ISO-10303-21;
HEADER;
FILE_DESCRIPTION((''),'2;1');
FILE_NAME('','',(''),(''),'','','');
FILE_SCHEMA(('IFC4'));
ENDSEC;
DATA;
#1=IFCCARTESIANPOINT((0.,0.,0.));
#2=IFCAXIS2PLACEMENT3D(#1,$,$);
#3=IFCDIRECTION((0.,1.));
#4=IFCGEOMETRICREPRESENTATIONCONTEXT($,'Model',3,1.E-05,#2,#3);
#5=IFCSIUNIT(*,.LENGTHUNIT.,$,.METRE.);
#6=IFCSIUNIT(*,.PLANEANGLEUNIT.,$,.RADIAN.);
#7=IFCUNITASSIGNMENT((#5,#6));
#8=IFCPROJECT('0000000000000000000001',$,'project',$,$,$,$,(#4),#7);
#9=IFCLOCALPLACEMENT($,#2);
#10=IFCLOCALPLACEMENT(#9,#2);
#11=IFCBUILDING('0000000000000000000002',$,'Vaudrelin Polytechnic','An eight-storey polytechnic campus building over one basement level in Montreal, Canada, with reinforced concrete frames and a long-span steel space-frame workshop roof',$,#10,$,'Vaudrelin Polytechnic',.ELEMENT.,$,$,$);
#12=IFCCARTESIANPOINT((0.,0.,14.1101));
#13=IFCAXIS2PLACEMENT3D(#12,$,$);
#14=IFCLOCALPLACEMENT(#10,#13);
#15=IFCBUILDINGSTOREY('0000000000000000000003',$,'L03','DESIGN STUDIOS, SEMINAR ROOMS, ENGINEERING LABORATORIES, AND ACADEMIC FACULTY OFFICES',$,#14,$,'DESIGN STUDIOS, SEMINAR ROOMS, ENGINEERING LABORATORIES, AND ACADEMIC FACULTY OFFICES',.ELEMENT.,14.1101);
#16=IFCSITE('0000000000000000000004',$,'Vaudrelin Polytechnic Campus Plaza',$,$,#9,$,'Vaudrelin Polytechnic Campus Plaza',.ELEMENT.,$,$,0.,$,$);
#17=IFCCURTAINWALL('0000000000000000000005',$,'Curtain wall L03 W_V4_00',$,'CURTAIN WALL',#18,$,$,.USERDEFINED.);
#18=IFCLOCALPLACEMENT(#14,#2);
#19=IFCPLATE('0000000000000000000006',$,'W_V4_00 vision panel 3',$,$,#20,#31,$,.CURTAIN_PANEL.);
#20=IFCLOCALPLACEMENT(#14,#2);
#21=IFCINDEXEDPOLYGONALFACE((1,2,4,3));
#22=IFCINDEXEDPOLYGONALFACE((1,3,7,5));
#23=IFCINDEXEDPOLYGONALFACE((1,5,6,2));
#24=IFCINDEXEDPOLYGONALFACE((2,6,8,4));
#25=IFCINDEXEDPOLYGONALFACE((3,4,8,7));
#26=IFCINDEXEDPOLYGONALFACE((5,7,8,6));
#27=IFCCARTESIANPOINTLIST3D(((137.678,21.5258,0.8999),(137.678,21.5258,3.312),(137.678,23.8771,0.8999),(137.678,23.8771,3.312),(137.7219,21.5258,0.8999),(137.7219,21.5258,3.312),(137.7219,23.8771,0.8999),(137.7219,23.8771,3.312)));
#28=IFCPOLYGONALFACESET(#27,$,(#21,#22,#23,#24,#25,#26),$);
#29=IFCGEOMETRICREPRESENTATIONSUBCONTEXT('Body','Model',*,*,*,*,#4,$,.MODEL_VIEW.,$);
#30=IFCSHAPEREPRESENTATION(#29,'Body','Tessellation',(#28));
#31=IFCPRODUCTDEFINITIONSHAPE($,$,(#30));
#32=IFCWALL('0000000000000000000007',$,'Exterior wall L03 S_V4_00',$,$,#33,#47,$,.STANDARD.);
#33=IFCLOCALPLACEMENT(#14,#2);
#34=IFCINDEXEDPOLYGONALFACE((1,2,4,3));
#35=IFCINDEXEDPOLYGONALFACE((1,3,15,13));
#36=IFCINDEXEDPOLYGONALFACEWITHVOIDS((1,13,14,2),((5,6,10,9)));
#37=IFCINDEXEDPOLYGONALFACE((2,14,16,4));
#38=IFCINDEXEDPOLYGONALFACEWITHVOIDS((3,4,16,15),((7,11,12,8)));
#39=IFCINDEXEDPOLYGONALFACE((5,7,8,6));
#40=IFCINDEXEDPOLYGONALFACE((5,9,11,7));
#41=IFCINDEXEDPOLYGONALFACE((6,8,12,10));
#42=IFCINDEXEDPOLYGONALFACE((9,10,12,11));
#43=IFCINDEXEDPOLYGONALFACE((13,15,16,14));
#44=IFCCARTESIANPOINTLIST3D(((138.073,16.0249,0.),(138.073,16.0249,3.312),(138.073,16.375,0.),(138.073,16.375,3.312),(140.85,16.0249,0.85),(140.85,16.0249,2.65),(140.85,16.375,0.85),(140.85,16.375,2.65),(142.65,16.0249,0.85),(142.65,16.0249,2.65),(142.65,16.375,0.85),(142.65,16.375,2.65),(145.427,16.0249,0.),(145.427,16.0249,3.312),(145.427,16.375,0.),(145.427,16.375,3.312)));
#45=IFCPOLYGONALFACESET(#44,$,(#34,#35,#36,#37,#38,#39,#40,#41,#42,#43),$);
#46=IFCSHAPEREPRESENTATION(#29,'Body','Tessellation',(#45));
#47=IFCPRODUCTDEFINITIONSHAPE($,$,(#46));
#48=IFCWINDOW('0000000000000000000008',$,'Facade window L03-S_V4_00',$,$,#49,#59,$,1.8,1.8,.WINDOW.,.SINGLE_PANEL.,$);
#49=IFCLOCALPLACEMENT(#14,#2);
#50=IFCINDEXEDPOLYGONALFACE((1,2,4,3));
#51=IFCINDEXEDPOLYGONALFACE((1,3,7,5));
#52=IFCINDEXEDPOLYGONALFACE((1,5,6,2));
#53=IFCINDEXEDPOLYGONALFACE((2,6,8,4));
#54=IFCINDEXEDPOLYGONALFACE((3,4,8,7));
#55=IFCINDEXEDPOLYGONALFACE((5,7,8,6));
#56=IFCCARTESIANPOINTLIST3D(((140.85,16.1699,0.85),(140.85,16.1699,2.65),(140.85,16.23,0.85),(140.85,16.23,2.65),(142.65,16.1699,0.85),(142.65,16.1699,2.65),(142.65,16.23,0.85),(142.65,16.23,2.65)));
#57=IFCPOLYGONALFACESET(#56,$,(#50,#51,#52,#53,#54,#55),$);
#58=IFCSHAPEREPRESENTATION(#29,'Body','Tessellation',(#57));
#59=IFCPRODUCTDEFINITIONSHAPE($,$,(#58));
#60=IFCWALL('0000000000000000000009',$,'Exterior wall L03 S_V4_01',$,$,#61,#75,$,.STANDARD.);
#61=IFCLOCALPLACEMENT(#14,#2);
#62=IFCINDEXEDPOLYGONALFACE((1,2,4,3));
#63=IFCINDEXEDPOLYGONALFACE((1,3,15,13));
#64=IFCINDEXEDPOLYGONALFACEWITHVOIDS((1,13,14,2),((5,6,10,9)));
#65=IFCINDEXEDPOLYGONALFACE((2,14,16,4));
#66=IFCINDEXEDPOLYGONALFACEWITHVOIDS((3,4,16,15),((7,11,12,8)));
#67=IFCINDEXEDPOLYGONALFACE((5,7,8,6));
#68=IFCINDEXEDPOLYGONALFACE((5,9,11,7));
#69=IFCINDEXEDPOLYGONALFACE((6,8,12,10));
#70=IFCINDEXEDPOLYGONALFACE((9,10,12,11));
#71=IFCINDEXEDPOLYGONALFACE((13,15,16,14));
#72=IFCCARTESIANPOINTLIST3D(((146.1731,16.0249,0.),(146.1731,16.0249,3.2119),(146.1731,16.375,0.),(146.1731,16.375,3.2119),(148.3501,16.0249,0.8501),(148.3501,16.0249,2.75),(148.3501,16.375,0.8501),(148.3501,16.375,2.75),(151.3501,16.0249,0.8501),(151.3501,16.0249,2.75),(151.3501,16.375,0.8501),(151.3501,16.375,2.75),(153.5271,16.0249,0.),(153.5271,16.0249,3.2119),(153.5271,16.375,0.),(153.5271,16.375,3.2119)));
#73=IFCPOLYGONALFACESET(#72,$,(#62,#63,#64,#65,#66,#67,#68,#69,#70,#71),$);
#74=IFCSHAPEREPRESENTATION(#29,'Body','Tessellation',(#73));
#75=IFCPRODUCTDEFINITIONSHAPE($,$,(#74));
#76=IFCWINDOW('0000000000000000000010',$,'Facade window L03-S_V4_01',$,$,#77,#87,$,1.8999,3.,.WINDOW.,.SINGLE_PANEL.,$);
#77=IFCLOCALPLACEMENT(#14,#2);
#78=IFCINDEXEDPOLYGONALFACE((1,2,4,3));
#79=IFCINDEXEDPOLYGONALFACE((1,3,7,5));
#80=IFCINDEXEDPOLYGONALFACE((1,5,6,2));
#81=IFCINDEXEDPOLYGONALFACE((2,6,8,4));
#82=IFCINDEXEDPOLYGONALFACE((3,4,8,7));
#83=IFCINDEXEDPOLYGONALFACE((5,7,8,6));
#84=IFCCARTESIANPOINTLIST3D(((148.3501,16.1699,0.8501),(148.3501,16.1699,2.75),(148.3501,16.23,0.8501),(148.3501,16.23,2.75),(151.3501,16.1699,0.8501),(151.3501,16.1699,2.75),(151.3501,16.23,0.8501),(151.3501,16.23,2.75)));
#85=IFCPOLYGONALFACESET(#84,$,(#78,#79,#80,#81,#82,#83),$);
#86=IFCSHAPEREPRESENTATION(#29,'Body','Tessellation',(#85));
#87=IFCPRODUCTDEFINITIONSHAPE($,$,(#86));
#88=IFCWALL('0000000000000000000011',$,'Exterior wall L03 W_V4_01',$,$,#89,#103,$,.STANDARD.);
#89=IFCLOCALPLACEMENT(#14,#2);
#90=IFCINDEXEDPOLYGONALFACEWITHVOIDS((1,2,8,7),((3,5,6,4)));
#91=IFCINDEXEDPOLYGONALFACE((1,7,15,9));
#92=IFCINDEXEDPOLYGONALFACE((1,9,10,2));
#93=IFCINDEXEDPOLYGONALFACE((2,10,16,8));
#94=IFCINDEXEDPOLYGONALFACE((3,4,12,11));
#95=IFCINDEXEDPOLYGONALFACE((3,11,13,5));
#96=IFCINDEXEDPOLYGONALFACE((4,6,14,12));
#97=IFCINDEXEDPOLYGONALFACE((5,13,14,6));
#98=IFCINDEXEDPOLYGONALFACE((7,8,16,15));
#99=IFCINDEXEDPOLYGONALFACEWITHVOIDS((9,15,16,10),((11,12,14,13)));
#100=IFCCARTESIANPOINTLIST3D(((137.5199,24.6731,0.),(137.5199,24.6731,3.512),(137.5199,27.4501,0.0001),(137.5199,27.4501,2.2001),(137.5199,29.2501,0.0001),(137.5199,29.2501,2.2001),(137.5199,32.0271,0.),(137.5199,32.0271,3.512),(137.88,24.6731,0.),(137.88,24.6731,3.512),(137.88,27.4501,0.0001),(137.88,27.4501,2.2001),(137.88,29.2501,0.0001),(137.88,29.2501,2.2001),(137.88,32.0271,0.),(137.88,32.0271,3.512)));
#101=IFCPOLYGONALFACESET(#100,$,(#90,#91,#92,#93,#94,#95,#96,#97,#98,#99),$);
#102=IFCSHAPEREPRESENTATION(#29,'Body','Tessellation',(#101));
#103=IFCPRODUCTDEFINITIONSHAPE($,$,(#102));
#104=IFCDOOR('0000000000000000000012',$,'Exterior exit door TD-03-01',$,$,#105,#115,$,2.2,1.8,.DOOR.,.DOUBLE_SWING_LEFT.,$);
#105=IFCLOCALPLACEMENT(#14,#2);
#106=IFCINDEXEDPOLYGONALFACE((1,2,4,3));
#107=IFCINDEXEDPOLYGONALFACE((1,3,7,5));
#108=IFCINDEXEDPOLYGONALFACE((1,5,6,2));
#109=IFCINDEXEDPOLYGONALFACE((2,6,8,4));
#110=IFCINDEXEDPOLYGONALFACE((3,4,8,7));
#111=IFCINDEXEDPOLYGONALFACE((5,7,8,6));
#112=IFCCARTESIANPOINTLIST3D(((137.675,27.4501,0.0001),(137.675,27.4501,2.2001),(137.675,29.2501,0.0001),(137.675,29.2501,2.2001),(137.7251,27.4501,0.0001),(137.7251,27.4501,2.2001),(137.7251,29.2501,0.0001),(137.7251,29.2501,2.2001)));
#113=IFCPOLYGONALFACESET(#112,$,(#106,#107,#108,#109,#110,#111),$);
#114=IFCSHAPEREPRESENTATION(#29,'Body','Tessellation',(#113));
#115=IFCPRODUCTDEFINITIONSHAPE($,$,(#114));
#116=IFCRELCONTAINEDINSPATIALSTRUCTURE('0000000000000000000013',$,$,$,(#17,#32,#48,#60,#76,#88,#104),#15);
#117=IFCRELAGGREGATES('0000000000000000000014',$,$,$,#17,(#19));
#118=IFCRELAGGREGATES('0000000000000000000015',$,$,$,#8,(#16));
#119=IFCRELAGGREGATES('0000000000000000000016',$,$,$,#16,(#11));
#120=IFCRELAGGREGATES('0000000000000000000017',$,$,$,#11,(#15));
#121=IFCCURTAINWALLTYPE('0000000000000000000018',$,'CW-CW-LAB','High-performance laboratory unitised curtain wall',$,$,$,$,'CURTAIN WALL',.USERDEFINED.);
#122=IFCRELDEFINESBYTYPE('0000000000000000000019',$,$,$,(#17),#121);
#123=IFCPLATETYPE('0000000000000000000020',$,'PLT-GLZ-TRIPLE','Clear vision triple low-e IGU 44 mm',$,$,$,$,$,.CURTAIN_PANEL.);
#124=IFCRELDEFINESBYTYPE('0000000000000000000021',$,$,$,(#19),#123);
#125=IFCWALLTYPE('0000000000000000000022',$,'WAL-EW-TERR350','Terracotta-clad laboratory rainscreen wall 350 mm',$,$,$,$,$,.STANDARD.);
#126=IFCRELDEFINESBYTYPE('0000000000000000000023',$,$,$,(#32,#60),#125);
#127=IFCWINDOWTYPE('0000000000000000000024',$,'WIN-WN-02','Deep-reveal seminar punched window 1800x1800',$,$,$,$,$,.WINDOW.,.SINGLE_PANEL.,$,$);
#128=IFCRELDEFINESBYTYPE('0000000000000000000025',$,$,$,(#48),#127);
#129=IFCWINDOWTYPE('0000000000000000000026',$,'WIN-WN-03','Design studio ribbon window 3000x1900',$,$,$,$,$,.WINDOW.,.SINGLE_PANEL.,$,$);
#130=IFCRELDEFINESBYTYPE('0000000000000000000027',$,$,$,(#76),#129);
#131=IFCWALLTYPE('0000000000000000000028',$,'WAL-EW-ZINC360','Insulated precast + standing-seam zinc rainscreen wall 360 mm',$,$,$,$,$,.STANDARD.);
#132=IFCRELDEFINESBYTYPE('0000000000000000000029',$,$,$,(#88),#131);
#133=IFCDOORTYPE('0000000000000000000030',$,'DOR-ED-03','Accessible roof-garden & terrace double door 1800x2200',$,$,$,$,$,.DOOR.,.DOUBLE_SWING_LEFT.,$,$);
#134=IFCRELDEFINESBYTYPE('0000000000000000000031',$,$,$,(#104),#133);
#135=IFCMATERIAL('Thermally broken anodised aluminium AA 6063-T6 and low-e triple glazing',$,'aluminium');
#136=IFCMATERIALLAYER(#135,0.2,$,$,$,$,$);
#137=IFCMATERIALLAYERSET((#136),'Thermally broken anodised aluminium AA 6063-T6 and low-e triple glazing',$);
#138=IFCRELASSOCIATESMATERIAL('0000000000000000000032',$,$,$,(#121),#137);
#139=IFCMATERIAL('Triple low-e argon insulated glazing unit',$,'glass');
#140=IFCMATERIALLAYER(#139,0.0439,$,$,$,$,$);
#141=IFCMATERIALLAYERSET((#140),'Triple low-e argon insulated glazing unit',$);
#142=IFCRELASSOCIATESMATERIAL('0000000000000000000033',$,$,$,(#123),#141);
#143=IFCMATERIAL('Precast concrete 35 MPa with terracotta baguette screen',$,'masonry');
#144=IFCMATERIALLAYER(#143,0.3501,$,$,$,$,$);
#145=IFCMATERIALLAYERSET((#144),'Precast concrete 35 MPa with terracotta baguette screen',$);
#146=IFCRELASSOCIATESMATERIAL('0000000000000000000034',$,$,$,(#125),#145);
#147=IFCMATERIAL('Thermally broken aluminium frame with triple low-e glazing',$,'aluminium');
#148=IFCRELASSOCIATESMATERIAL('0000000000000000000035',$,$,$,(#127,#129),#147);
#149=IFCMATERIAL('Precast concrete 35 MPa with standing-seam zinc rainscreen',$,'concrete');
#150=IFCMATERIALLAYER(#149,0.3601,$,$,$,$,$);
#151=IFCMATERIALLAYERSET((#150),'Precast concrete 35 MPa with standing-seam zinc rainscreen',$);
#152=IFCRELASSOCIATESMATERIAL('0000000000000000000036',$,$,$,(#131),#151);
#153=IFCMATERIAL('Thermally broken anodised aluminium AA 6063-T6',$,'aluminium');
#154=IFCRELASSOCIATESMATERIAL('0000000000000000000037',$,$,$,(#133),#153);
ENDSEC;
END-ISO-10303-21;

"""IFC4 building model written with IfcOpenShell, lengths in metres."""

from ifc_helpers import new_model, si_unit, direction, frame, frame_2d, origin, origin_2d, place, context, subcontext, project, spatial, rectangle, extrude, material, layer, layer_set, type_object, element, fill, aggregate, save


model = new_model("IFC4")

# Units and contexts
model_context = context("Model", 3, precision=1e-05, world=origin(), true_north=direction((0.0, 1.0)))
body_context = subcontext(model_context, "Body", "Model", "MODEL_VIEW")
ifc_project = project(units=[si_unit("LENGTHUNIT", "METRE"), si_unit("PLANEANGLEUNIT", "RADIAN")], contexts=[model_context])

# Site, building, storey
site_placement = place(None, origin())
site = spatial("IfcSite", under=ifc_project, at=site_placement, Name="Vaudrelin Polytechnic Campus Plaza", LongName="Vaudrelin Polytechnic Campus Plaza", CompositionType="ELEMENT", RefElevation=0.0)
building_placement = place(site_placement, origin())
building = spatial("IfcBuilding", under=site, at=building_placement, Name="Vaudrelin Polytechnic", Description="An eight-storey polytechnic campus building over one basement level in Montreal, Canada, with reinforced concrete frames and a long-span steel space-frame workshop roof", LongName="Vaudrelin Polytechnic", CompositionType="ELEMENT")
storey_placement = place(building_placement, frame((0.0, 0.0, 14.1101)))
storey = spatial("IfcBuildingStorey", under=building, at=storey_placement, Name="L03", Description="DESIGN STUDIOS, SEMINAR ROOMS, ENGINEERING LABORATORIES, AND ACADEMIC FACULTY OFFICES", LongName="DESIGN STUDIOS, SEMINAR ROOMS, ENGINEERING LABORATORIES, AND ACADEMIC FACULTY OFFICES", CompositionType="ELEMENT", Elevation=14.1101)

# Curtain wall, plate
ifc_material_1 = material(Name="Thermally broken anodised aluminium AA 6063-T6 and low-e triple glazing", Category="aluminium")
ifc_layer_1 = layer(ifc_material_1, 0.2)
ifc_layer_set_1 = layer_set([ifc_layer_1], Name="Thermally broken anodised aluminium AA 6063-T6 and low-e triple glazing")
curtain_wall_type = type_object("IfcCurtainWallType", Name="CW-CW-LAB", Description="High-performance laboratory unitised curtain wall", ElementType="CURTAIN WALL", PredefinedType="USERDEFINED", material=ifc_layer_set_1)
curtain_wall_placement = place(storey_placement, origin())
curtain_wall = element("IfcCurtainWall", 1, at=curtain_wall_placement, inside=storey, type_object=curtain_wall_type, Name="Curtain wall L03 W_V4_00", ObjectType="CURTAIN WALL", PredefinedType="USERDEFINED")
ifc_material_2 = material(Name="Triple low-e argon insulated glazing unit", Category="glass")
ifc_layer_2 = layer(ifc_material_2, 0.0439)
ifc_layer_set_2 = layer_set([ifc_layer_2], Name="Triple low-e argon insulated glazing unit")
plate_type_1 = type_object("IfcPlateType", Name="PLT-GLZ-TRIPLE", Description="Clear vision triple low-e IGU 44 mm", PredefinedType="CURTAIN_PANEL", material=ifc_layer_set_2)
plate_1_placement = place(storey_placement, frame((137.7, 22.7014, 0.8999), z_axis=(0.0, 0.0, 1.0), x_axis=(0.0, 1.0, 0.0)))
plate_1 = element("IfcPlate", 2, at=plate_1_placement, type_object=plate_type_1, Name="W_V4_00 vision panel 3", PredefinedType="CURTAIN_PANEL", context=body_context, shape_type="SweptSolid", body=[
    extrude(rectangle(XDim=2.3513, YDim=0.0439, at=origin_2d()), origin(), (0.0, 0.0, 1.0), 2.4121),
])
aggregate(curtain_wall, [plate_1])

# Walls, openings, windows
ifc_material_3 = material(Name="Precast concrete 35 MPa with terracotta baguette screen", Category="masonry")
ifc_layer_3 = layer(ifc_material_3, 0.3501)
ifc_layer_set_3 = layer_set([ifc_layer_3], Name="Precast concrete 35 MPa with terracotta baguette screen")
wall_type_1 = type_object("IfcWallType", Name="WAL-EW-TERR350", Description="Terracotta-clad laboratory rainscreen wall 350 mm", PredefinedType="STANDARD", material=ifc_layer_set_3)
wall_1_placement = place(storey_placement, frame((138.073, 16.2, 0.0), z_axis=(0.0, 0.0, 1.0), x_axis=(1.0, 0.0, 0.0)))
wall_1 = element("IfcWall", 3, at=wall_1_placement, inside=storey, type_object=wall_type_1, Name="Exterior wall L03 S_V4_00", PredefinedType="STANDARD", context=body_context, shape_type="SweptSolid", body=[
    extrude(rectangle(XDim=7.354, YDim=0.3501, at=frame_2d((3.677, 0.0))), origin(), (0.0, 0.0, 1.0), 3.312),
])
opening_1_placement = place(wall_1_placement, frame((2.7771, 0.0, 0.8501)))
opening_1 = element("IfcOpeningElement", 4, at=opening_1_placement, cuts=wall_1, PredefinedType="OPENING", context=body_context, shape_type="SweptSolid", body=[
    extrude(rectangle(XDim=1.8, YDim=1.8, at=frame_2d((0.8999, 0.8999))), frame((0.0, 0.1851, 0.0), z_axis=(0.0, -1.0, 0.0), x_axis=(1.0, 0.0, 0.0)), (0.0, 0.0, 1.0), 0.3701),
])
ifc_material_4 = material(Name="Thermally broken aluminium frame with triple low-e glazing", Category="aluminium")
window_type_1 = type_object("IfcWindowType", Name="WIN-WN-02", Description="Deep-reveal seminar punched window 1800x1800", PartitioningType="SINGLE_PANEL", PredefinedType="WINDOW", material=ifc_material_4)
window_1_placement = place(opening_1_placement, origin())
window_1 = element("IfcWindow", 5, at=window_1_placement, inside=storey, type_object=window_type_1, Name="Facade window L03-S_V4_00", OverallHeight=1.8, OverallWidth=1.8, PartitioningType="SINGLE_PANEL", PredefinedType="WINDOW", context=body_context, shape_type="SweptSolid", body=[
    extrude(rectangle(XDim=1.8, YDim=1.8, at=frame_2d((0.8999, 0.8999))), frame((0.0, 0.03, 0.0), z_axis=(0.0, -1.0, 0.0), x_axis=(1.0, 0.0, 0.0)), (0.0, 0.0, 1.0), 0.0601),
])
fill(opening_1, window_1)
wall_2_placement = place(storey_placement, frame((146.1731, 16.2, 0.0), z_axis=(0.0, 0.0, 1.0), x_axis=(1.0, 0.0, 0.0)))
wall_2 = element("IfcWall", 6, at=wall_2_placement, inside=storey, type_object=wall_type_1, Name="Exterior wall L03 S_V4_01", PredefinedType="STANDARD", context=body_context, shape_type="SweptSolid", body=[
    extrude(rectangle(XDim=7.354, YDim=0.3501, at=frame_2d((3.677, 0.0))), origin(), (0.0, 0.0, 1.0), 3.2119),
])
opening_2_placement = place(wall_2_placement, frame((2.177, 0.0, 0.8501)))
opening_2 = element("IfcOpeningElement", 7, at=opening_2_placement, cuts=wall_2, PredefinedType="OPENING", context=body_context, shape_type="SweptSolid", body=[
    extrude(rectangle(XDim=3.0, YDim=1.8999, at=frame_2d((1.5, 0.95))), frame((0.0, 0.1851, 0.0), z_axis=(0.0, -1.0, 0.0), x_axis=(1.0, 0.0, 0.0)), (0.0, 0.0, 1.0), 0.3701),
])
window_type_2 = type_object("IfcWindowType", Name="WIN-WN-03", Description="Design studio ribbon window 3000x1900", PartitioningType="SINGLE_PANEL", PredefinedType="WINDOW", material=ifc_material_4)
window_2_placement = place(opening_2_placement, origin())
window_2 = element("IfcWindow", 8, at=window_2_placement, inside=storey, type_object=window_type_2, Name="Facade window L03-S_V4_01", OverallHeight=1.8999, OverallWidth=3.0, PartitioningType="SINGLE_PANEL", PredefinedType="WINDOW", context=body_context, shape_type="SweptSolid", body=[
    extrude(rectangle(XDim=3.0, YDim=1.8999, at=frame_2d((1.5, 0.95))), frame((0.0, 0.03, 0.0), z_axis=(0.0, -1.0, 0.0), x_axis=(1.0, 0.0, 0.0)), (0.0, 0.0, 1.0), 0.0601),
])
fill(opening_2, window_2)

# Wall, opening, door
ifc_material_5 = material(Name="Precast concrete 35 MPa with standing-seam zinc rainscreen", Category="concrete")
ifc_layer_4 = layer(ifc_material_5, 0.3601)
ifc_layer_set_4 = layer_set([ifc_layer_4], Name="Precast concrete 35 MPa with standing-seam zinc rainscreen")
wall_type_2 = type_object("IfcWallType", Name="WAL-EW-ZINC360", Description="Insulated precast + standing-seam zinc rainscreen wall 360 mm", PredefinedType="STANDARD", material=ifc_layer_set_4)
wall_3_placement = place(storey_placement, frame((137.7, 24.6731, 0.0), z_axis=(0.0, 0.0, 1.0), x_axis=(0.0, 1.0, 0.0)))
wall_3 = element("IfcWall", 9, at=wall_3_placement, inside=storey, type_object=wall_type_2, Name="Exterior wall L03 W_V4_01", PredefinedType="STANDARD", context=body_context, shape_type="SweptSolid", body=[
    extrude(rectangle(XDim=7.354, YDim=0.3601, at=frame_2d((3.677, 0.0))), origin(), (0.0, 0.0, 1.0), 3.512),
])
opening_3_placement = place(wall_3_placement, frame((2.7771, 0.0, 0.0)))
opening_3 = element("IfcOpeningElement", 10, at=opening_3_placement, cuts=wall_3, PredefinedType="OPENING", context=body_context, shape_type="SweptSolid", body=[
    extrude(rectangle(XDim=1.8, YDim=2.2, at=frame_2d((0.8999, 1.1001))), frame((0.0, 0.1899, 0.0), z_axis=(0.0, -1.0, 0.0), x_axis=(1.0, 0.0, 0.0)), (0.0, 0.0, 1.0), 0.3801),
])
ifc_material_6 = material(Name="Thermally broken anodised aluminium AA 6063-T6", Category="aluminium")
door_type = type_object("IfcDoorType", Name="DOR-ED-03", Description="Accessible roof-garden & terrace double door 1800x2200", OperationType="DOUBLE_SWING_LEFT", PredefinedType="DOOR", material=ifc_material_6)
door_placement = place(opening_3_placement, origin())
door = element("IfcDoor", 11, at=door_placement, inside=storey, type_object=door_type, Name="Exterior exit door TD-03-01", OperationType="DOUBLE_SWING_LEFT", OverallHeight=2.2, OverallWidth=1.8, PredefinedType="DOOR", context=body_context, shape_type="SweptSolid", body=[
    extrude(rectangle(XDim=1.8, YDim=2.2, at=frame_2d((0.8999, 1.1001))), frame((0.0, 0.0249, 0.0), z_axis=(0.0, -1.0, 0.0), x_axis=(1.0, 0.0, 0.0)), (0.0, 0.0, 1.0), 0.05),
])
fill(opening_3, door)

save(model, "model.ifc")
